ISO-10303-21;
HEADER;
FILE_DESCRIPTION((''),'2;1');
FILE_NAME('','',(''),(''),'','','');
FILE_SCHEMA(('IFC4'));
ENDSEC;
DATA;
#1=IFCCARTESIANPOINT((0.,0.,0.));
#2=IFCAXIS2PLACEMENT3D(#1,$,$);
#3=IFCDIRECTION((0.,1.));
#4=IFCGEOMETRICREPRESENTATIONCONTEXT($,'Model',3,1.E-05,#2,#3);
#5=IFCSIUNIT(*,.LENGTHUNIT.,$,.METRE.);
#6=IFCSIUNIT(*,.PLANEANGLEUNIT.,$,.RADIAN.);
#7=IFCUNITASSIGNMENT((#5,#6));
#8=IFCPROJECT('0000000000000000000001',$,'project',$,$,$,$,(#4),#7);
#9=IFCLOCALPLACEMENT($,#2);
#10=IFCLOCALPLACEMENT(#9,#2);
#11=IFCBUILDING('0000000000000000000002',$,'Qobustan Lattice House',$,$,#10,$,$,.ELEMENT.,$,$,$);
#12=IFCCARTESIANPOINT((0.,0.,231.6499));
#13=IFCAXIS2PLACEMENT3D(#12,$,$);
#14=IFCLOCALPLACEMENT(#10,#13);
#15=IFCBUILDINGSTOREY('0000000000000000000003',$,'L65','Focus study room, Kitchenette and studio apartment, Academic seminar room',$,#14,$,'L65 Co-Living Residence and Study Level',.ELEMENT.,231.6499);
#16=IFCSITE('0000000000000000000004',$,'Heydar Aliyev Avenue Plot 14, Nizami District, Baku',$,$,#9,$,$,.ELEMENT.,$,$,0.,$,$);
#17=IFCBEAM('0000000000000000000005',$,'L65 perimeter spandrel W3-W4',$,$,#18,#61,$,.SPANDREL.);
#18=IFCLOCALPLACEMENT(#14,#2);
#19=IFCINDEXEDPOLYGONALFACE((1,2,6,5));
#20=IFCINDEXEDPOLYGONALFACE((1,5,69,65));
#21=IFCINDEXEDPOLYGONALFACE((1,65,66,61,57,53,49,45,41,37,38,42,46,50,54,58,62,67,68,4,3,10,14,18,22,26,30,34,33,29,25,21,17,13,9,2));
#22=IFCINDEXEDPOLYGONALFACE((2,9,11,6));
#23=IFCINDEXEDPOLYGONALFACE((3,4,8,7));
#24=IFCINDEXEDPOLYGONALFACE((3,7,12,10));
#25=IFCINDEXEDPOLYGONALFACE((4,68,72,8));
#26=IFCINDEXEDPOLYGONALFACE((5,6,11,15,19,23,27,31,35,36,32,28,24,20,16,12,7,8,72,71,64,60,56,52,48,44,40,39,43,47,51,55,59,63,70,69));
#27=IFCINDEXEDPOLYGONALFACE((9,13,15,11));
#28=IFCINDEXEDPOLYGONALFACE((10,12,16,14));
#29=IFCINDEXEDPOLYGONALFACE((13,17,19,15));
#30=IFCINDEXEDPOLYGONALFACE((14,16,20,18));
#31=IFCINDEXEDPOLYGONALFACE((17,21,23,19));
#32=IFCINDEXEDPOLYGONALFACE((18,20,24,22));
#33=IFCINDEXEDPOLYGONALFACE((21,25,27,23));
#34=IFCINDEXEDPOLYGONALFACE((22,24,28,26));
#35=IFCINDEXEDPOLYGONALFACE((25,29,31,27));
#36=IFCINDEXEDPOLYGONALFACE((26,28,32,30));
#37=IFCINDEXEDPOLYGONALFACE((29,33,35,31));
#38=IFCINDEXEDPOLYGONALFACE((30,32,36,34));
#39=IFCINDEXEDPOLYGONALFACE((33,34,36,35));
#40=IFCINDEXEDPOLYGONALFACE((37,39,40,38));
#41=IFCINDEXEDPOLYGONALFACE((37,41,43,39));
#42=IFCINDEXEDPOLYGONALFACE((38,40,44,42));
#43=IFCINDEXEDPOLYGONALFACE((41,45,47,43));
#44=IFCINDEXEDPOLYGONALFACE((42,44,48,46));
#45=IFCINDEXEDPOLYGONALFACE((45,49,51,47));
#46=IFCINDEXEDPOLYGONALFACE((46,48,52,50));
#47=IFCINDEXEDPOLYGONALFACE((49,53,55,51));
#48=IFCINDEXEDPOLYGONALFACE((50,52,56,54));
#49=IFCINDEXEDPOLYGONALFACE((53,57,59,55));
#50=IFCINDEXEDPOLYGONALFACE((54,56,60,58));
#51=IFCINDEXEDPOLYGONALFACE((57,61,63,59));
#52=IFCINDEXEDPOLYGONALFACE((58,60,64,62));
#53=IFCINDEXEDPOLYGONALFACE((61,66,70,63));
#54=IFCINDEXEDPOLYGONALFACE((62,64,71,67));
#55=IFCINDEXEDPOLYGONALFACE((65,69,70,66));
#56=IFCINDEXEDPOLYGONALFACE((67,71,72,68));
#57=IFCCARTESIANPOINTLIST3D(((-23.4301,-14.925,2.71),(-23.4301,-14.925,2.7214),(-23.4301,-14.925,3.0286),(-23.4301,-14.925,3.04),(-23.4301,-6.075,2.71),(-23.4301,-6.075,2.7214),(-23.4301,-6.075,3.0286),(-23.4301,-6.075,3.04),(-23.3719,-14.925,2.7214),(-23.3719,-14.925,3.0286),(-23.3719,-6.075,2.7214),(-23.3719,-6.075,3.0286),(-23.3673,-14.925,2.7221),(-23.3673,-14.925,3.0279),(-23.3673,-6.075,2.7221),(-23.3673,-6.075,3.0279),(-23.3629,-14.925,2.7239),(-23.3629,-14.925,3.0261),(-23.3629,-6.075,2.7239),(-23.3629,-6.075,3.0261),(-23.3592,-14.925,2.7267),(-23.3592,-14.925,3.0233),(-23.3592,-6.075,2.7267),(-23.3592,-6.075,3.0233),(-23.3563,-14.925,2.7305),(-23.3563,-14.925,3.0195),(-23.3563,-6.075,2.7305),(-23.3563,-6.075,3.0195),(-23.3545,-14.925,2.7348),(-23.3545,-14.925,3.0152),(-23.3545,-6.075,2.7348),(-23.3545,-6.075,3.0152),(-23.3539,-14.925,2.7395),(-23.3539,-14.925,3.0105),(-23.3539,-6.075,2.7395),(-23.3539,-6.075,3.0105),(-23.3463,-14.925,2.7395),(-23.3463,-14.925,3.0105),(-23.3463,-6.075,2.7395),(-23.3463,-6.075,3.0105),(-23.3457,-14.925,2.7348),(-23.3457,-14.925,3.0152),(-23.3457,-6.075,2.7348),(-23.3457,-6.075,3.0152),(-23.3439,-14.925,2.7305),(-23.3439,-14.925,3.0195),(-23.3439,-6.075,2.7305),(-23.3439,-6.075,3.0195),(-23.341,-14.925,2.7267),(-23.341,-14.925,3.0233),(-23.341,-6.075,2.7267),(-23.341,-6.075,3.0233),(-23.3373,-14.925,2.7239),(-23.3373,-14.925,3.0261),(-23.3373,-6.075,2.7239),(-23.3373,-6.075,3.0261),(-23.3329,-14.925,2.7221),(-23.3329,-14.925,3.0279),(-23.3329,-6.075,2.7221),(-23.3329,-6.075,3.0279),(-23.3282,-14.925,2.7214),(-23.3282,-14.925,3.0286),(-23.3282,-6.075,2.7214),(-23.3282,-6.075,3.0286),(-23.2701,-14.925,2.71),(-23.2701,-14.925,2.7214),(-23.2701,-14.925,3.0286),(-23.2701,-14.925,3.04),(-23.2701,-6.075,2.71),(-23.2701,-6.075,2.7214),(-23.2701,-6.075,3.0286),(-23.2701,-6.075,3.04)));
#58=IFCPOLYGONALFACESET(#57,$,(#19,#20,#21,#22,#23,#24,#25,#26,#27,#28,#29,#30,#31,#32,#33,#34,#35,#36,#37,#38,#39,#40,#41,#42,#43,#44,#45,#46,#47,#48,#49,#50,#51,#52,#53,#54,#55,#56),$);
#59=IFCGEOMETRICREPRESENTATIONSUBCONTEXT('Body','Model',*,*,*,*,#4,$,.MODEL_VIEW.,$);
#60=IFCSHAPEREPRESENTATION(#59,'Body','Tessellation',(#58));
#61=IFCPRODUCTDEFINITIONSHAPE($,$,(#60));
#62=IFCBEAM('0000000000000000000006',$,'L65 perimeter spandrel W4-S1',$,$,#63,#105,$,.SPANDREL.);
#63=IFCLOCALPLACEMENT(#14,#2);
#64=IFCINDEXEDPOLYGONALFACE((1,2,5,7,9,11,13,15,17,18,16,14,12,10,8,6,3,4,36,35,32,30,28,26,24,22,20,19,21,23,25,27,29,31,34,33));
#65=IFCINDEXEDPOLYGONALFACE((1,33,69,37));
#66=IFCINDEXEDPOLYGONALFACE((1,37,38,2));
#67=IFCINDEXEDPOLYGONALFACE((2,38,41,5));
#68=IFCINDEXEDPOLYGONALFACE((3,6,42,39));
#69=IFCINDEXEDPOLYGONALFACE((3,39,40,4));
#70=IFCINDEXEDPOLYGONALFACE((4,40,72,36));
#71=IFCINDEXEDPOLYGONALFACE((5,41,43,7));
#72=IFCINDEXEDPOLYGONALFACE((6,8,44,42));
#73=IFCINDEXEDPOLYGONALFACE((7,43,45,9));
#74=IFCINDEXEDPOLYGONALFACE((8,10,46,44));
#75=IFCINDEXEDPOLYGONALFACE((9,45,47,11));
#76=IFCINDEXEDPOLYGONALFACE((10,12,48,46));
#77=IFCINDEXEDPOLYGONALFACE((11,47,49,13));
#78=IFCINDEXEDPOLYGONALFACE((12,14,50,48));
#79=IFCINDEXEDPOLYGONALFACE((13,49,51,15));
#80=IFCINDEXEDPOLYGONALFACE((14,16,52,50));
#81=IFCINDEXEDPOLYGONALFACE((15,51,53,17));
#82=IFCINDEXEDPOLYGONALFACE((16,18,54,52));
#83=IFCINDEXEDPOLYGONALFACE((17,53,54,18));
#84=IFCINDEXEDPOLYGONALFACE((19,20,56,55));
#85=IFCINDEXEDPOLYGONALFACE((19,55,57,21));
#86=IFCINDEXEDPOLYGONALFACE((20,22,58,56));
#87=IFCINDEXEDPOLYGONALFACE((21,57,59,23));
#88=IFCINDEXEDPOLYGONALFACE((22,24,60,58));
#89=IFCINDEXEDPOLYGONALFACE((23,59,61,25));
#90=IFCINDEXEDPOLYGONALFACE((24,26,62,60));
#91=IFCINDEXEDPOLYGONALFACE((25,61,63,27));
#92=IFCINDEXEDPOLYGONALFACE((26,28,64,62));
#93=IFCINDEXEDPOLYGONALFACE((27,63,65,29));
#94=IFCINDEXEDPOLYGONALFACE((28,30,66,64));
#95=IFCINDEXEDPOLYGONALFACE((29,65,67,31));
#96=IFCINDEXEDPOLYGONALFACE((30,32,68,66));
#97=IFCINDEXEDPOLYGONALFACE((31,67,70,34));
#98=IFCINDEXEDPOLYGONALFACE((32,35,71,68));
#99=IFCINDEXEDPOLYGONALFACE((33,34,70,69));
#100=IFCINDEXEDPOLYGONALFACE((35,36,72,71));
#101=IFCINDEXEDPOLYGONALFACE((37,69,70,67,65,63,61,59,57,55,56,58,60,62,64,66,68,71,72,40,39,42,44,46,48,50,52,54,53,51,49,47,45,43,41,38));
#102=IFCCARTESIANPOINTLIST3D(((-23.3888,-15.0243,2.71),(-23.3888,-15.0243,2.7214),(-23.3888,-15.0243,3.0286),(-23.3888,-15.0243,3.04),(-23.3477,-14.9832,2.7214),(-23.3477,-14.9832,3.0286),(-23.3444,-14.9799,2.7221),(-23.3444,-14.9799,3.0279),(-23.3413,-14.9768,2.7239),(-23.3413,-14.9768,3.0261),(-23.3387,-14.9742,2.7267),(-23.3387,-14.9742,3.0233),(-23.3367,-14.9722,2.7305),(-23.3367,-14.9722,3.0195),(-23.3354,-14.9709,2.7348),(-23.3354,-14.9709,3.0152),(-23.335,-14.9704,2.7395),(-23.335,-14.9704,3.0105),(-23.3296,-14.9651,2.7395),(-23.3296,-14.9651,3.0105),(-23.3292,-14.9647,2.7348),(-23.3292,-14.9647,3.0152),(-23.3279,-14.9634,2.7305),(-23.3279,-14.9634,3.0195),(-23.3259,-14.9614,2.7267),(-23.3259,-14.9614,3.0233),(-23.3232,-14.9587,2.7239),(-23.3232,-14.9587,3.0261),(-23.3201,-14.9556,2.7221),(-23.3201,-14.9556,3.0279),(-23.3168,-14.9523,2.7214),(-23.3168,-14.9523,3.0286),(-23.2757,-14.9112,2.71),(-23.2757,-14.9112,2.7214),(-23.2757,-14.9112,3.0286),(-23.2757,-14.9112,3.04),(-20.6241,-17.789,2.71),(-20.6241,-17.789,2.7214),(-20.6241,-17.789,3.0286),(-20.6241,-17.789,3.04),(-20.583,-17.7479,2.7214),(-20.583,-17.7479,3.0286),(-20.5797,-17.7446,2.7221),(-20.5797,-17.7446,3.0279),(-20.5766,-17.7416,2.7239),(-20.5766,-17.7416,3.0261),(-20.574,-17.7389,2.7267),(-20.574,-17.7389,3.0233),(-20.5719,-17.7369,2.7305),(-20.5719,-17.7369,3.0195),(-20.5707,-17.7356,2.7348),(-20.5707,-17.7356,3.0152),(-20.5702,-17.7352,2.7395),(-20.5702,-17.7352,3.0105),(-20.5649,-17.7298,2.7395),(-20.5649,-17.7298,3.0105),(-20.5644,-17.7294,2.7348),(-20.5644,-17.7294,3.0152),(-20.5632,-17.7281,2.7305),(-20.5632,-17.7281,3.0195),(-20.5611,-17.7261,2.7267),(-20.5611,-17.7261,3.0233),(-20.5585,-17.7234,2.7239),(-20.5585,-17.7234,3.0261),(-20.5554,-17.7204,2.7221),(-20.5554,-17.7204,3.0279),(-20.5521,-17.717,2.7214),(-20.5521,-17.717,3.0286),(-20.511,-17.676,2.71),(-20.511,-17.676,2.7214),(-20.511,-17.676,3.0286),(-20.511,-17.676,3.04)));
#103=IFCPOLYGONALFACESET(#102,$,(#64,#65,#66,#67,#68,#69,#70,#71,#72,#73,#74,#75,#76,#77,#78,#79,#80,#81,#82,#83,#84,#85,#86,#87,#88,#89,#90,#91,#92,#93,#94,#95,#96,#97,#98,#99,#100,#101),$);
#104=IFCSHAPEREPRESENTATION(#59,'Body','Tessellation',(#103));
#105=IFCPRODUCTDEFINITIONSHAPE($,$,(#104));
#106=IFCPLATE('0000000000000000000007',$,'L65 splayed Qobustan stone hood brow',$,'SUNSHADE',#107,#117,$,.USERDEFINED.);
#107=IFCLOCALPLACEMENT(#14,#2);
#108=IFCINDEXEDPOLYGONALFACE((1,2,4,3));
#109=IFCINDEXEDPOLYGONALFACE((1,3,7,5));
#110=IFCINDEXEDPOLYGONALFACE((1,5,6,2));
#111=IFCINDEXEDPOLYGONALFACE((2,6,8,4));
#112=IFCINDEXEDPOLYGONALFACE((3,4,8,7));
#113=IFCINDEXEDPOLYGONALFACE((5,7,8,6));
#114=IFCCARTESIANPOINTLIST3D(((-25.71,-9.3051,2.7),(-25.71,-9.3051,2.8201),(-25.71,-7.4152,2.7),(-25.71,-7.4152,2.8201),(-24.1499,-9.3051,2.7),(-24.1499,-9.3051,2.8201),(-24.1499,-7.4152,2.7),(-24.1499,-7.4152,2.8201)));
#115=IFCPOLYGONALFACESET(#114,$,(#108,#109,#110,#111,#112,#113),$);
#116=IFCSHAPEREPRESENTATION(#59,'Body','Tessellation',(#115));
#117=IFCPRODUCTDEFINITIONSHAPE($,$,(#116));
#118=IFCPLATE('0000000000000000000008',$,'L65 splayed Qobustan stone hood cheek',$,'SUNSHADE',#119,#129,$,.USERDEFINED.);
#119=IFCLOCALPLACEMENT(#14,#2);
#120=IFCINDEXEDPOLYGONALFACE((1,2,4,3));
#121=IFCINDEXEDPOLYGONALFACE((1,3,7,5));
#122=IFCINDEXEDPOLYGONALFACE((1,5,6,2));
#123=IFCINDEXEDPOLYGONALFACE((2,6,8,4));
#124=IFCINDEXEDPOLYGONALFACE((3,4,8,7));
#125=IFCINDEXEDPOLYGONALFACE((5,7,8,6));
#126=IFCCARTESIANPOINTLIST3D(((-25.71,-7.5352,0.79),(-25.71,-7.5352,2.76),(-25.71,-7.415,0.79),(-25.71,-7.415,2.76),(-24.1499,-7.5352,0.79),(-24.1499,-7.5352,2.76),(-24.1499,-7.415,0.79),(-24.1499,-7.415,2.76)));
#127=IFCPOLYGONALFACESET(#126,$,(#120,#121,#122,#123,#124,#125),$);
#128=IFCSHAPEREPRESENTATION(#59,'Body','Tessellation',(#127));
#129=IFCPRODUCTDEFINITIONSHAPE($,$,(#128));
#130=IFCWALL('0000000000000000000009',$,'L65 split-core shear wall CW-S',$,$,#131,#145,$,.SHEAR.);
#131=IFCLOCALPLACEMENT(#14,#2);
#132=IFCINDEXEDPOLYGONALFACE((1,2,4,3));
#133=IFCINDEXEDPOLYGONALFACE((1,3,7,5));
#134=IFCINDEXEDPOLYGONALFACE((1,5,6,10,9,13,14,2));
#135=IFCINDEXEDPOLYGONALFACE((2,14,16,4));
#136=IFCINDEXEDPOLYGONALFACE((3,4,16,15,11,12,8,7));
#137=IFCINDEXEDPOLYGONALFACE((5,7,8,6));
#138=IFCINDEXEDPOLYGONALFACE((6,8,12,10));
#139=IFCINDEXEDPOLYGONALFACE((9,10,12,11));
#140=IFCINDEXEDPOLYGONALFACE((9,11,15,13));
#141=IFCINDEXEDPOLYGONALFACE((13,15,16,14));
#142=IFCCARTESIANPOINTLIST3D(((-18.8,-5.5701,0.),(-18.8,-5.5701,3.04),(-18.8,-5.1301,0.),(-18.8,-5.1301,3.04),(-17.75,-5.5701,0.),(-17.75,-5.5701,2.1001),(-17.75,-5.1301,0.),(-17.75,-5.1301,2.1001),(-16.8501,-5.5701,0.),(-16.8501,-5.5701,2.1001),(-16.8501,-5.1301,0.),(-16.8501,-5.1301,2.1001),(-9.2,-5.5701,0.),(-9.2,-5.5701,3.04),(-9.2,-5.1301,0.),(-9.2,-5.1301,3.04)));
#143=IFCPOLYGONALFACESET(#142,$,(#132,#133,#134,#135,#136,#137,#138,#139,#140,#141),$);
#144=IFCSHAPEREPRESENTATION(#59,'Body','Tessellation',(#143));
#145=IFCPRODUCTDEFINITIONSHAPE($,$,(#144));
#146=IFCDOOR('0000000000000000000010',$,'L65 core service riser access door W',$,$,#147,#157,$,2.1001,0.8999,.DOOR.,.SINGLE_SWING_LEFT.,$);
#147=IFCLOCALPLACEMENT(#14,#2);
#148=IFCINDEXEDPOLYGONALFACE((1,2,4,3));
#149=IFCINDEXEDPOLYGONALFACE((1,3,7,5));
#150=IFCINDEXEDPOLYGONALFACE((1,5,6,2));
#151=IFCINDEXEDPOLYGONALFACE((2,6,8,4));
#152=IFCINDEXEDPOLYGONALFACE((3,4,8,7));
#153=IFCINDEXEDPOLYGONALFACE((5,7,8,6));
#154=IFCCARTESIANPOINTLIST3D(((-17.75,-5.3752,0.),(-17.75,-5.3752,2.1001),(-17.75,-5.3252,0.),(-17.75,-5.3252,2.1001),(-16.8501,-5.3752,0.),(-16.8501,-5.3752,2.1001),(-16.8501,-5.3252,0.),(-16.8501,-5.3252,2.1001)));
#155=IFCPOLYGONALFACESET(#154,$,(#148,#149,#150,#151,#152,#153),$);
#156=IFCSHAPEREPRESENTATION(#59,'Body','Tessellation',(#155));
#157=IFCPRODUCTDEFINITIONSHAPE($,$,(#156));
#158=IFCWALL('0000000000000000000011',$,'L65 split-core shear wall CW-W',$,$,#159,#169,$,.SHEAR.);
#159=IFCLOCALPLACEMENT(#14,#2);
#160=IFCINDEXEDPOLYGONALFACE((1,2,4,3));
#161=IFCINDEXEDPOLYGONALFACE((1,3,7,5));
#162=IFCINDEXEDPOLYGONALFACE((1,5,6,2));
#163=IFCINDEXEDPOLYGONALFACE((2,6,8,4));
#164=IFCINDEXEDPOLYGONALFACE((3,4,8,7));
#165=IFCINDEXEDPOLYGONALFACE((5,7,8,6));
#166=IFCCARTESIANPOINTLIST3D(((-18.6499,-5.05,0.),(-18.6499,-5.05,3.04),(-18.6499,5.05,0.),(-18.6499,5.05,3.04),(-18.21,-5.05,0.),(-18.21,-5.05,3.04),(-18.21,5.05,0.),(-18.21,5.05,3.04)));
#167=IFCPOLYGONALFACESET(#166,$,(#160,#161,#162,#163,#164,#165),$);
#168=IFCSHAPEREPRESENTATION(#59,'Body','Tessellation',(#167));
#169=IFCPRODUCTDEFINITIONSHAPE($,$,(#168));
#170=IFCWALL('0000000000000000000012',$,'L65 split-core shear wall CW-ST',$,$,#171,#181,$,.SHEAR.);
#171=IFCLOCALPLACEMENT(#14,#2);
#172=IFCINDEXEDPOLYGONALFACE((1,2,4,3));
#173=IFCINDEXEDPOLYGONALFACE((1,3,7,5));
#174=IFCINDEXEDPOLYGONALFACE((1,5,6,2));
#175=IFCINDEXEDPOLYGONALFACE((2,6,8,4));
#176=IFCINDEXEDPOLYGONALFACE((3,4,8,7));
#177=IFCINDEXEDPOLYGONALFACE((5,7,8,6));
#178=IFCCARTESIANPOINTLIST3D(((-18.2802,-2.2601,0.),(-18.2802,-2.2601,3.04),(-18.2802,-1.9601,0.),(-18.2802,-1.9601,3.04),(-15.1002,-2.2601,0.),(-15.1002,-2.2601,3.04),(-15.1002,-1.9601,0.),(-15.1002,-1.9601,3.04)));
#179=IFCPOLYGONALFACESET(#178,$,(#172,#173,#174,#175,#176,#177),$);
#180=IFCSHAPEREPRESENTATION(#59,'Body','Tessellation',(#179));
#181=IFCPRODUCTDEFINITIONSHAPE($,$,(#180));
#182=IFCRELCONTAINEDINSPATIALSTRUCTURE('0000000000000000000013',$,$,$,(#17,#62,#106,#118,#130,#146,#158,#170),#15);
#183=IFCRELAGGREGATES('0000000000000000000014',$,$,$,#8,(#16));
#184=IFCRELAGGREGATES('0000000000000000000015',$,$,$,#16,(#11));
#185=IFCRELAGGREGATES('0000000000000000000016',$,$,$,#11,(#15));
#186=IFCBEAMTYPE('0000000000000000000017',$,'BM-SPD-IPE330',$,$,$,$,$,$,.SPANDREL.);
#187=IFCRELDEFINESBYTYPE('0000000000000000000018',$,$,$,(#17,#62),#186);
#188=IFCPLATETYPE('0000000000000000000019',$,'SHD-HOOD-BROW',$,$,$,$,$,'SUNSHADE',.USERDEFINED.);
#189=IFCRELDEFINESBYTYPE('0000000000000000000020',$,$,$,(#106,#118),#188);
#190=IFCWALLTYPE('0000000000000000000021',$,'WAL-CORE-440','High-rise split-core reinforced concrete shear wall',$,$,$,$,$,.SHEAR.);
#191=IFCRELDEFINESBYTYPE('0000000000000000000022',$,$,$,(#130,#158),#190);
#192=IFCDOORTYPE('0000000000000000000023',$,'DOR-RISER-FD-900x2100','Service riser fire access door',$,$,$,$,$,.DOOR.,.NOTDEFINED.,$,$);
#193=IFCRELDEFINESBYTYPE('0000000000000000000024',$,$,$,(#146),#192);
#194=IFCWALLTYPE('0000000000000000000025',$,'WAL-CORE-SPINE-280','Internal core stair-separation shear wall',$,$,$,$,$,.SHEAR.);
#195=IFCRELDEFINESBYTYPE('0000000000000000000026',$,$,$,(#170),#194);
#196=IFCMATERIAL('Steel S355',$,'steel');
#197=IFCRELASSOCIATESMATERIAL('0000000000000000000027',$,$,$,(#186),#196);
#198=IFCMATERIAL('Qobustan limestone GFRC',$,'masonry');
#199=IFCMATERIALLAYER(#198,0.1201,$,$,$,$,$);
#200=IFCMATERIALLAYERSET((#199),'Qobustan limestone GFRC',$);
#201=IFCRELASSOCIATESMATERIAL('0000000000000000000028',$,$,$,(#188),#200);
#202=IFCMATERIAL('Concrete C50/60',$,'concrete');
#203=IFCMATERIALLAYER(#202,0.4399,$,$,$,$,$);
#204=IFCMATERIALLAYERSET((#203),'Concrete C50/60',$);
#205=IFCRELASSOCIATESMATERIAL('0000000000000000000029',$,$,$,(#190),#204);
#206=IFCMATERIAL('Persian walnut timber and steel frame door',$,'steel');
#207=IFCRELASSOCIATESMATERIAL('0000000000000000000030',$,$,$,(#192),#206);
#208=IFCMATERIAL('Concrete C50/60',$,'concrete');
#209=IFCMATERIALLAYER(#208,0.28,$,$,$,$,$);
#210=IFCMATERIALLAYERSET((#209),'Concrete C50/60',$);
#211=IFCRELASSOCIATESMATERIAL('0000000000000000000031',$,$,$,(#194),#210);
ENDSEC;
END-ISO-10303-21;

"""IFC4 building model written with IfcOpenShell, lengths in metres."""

from ifc_helpers import new_model, si_unit, direction, frame, frame_2d, origin, origin_2d, place, context, subcontext, project, spatial, rectangle, i_section, extrude, material, layer, layer_set, material_profile, profile_set, type_object, element, fill, save


model = new_model("IFC4")

# Units and contexts
model_context = context("Model", 3, precision=1e-05, world=origin(), true_north=direction((0.0, 1.0)))
body_context = subcontext(model_context, "Body", "Model", "MODEL_VIEW")
ifc_project = project(units=[si_unit("LENGTHUNIT", "METRE"), si_unit("PLANEANGLEUNIT", "RADIAN")], contexts=[model_context])

# Site, building, storey
site_placement = place(None, origin())
site = spatial("IfcSite", under=ifc_project, at=site_placement, Name="Heydar Aliyev Avenue Plot 14, Nizami District, Baku", CompositionType="ELEMENT", RefElevation=0.0)
building_placement = place(site_placement, origin())
building = spatial("IfcBuilding", under=site, at=building_placement, Name="Qobustan Lattice House", CompositionType="ELEMENT")
storey_placement = place(building_placement, frame((0.0, 0.0, 231.6499)))
storey = spatial("IfcBuildingStorey", under=building, at=storey_placement, Name="L65", Description="Focus study room, Kitchenette and studio apartment, Academic seminar room", LongName="L65 Co-Living Residence and Study Level", CompositionType="ELEMENT", Elevation=231.6499)

# Beams
ifc_material_1 = material(Name="Steel S355", Category="steel")
ifc_material_profile_1 = material_profile(ifc_material_1, i_section(OverallWidth=0.1599, OverallDepth=0.3301, WebThickness=0.0076, FlangeThickness=0.0115, FilletRadius=0.0181, at=origin_2d()), Name="IPE330")
ifc_profile_set_1 = profile_set([ifc_material_profile_1], Name="Steel S355")
beam_type_1 = type_object("IfcBeamType", Name="BM-SPD-IPE330", PredefinedType="SPANDREL", material=ifc_profile_set_1)
beam_1_placement = place(storey_placement, frame((-23.3501, -6.075, 2.875), z_axis=(0.0, -1.0, 0.0), x_axis=(1.0, 0.0, 0.0)))
element("IfcBeam", 1, at=beam_1_placement, inside=storey, type_object=beam_type_1, Name="L65 perimeter spandrel W3-W4", PredefinedType="SPANDREL", context=body_context, shape_type="SweptSolid", body=[
    extrude(i_section(OverallWidth=0.1599, OverallDepth=0.3301, WebThickness=0.0076, FlangeThickness=0.0115, FilletRadius=0.0181, at=origin_2d()), origin(), (0.0, 0.0, 1.0), 8.8501),
])
beam_2_placement = place(storey_placement, frame((-23.3323, -14.9678, 2.875), z_axis=(0.707107, -0.707107, 0.0), x_axis=(0.707107, 0.707107, 0.0)))
element("IfcBeam", 2, at=beam_2_placement, inside=storey, type_object=beam_type_1, Name="L65 perimeter spandrel W4-S1", PredefinedType="SPANDREL", context=body_context, shape_type="SweptSolid", body=[
    extrude(i_section(OverallWidth=0.1599, OverallDepth=0.3301, WebThickness=0.0076, FlangeThickness=0.0115, FilletRadius=0.0181, at=origin_2d()), origin(), (0.0, 0.0, 1.0), 3.9099),
])

# Plates
ifc_material_2 = material(Name="Qobustan limestone GFRC", Category="masonry")
ifc_layer_1 = layer(ifc_material_2, 0.1201)
ifc_layer_set_1 = layer_set([ifc_layer_1], Name="Qobustan limestone GFRC")
plate_type = type_object("IfcPlateType", Name="SHD-HOOD-BROW", ElementType="SUNSHADE", PredefinedType="USERDEFINED", material=ifc_layer_set_1)
plate_1_placement = place(storey_placement, frame((-24.9299, -8.3601, 2.7), z_axis=(0.0, 0.0, 1.0), x_axis=(0.0, 1.0, 0.0)))
element("IfcPlate", 3, at=plate_1_placement, inside=storey, type_object=plate_type, Name="L65 splayed Qobustan stone hood brow", ObjectType="SUNSHADE", PredefinedType="USERDEFINED", context=body_context, shape_type="SweptSolid", body=[
    extrude(rectangle(XDim=1.8899, YDim=1.5601, at=origin_2d()), origin(), (0.0, 0.0, 1.0), 0.1201),
])
plate_2_placement = place(storey_placement, frame((-24.9299, -7.4751, 0.79), z_axis=(0.0, 0.0, 1.0), x_axis=(0.0, 1.0, 0.0)))
element("IfcPlate", 4, at=plate_2_placement, inside=storey, type_object=plate_type, Name="L65 splayed Qobustan stone hood cheek", ObjectType="SUNSHADE", PredefinedType="USERDEFINED", context=body_context, shape_type="SweptSolid", body=[
    extrude(rectangle(XDim=0.1201, YDim=1.5601, at=origin_2d()), origin(), (0.0, 0.0, 1.0), 1.97),
])

# Wall, opening, door
ifc_material_3 = material(Name="Concrete C50/60", Category="concrete")
ifc_layer_2 = layer(ifc_material_3, 0.4399)
ifc_layer_set_2 = layer_set([ifc_layer_2], Name="Concrete C50/60")
wall_type_1 = type_object("IfcWallType", Name="WAL-CORE-440", Description="High-rise split-core reinforced concrete shear wall", PredefinedType="SHEAR", material=ifc_layer_set_2)
wall_1_placement = place(storey_placement, frame((-18.8, -5.3501, 0.0), z_axis=(0.0, 0.0, 1.0), x_axis=(1.0, 0.0, 0.0)))
wall_1 = element("IfcWall", 5, at=wall_1_placement, inside=storey, type_object=wall_type_1, Name="L65 split-core shear wall CW-S", PredefinedType="SHEAR", context=body_context, shape_type="SweptSolid", body=[
    extrude(rectangle(XDim=9.6001, YDim=0.4399, at=frame_2d((4.8, 0.0))), origin(), (0.0, 0.0, 1.0), 3.04),
])
opening_1_placement = place(wall_1_placement, frame((1.05, 0.0, 0.0)))
opening_1 = element("IfcOpeningElement", 6, at=opening_1_placement, cuts=wall_1, PredefinedType="OPENING", context=body_context, shape_type="SweptSolid", body=[
    extrude(rectangle(XDim=0.8999, YDim=2.1001, at=frame_2d((0.45, 1.05))), frame((0.0, 0.23, 0.0), z_axis=(0.0, -1.0, 0.0), x_axis=(1.0, 0.0, 0.0)), (0.0, 0.0, 1.0), 0.46),
])
ifc_material_4 = material(Name="Persian walnut timber and steel frame door", Category="steel")
door_type_1 = type_object("IfcDoorType", Name="DOR-RISER-FD-900x2100", Description="Service riser fire access door", OperationType="NOTDEFINED", PredefinedType="DOOR", material=ifc_material_4)
door_1_placement = place(opening_1_placement, origin())
door_1 = element("IfcDoor", 7, at=door_1_placement, inside=storey, type_object=door_type_1, Name="L65 core service riser access door W", OperationType="SINGLE_SWING_LEFT", OverallHeight=2.1001, OverallWidth=0.8999, PredefinedType="DOOR", context=body_context, shape_type="SweptSolid", body=[
    extrude(rectangle(XDim=0.8999, YDim=2.1001, at=frame_2d((0.45, 1.05))), frame((0.0, 0.0249, 0.0), z_axis=(0.0, -1.0, 0.0), x_axis=(1.0, 0.0, 0.0)), (0.0, 0.0, 1.0), 0.05),
])
fill(opening_1, door_1)

# Walls
wall_2_placement = place(storey_placement, frame((-18.4299, -5.05, 0.0), z_axis=(0.0, 0.0, 1.0), x_axis=(0.0, 1.0, 0.0)))
element("IfcWall", 8, at=wall_2_placement, inside=storey, type_object=wall_type_1, Name="L65 split-core shear wall CW-W", PredefinedType="SHEAR", context=body_context, shape_type="SweptSolid", body=[
    extrude(rectangle(XDim=10.1001, YDim=0.4399, at=frame_2d((5.05, 0.0))), origin(), (0.0, 0.0, 1.0), 3.04),
])
ifc_material_5 = material(Name="Concrete C50/60", Category="concrete")
ifc_layer_3 = layer(ifc_material_5, 0.28)
ifc_layer_set_3 = layer_set([ifc_layer_3], Name="Concrete C50/60")
wall_type_2 = type_object("IfcWallType", Name="WAL-CORE-SPINE-280", Description="Internal core stair-separation shear wall", PredefinedType="SHEAR", material=ifc_layer_set_3)
wall_3_placement = place(storey_placement, frame((-18.28, -2.1101, 0.0), z_axis=(0.0, 0.0, 1.0), x_axis=(1.0, 0.0, 0.0)))
element("IfcWall", 9, at=wall_3_placement, inside=storey, type_object=wall_type_2, Name="L65 split-core shear wall CW-ST", PredefinedType="SHEAR", context=body_context, shape_type="SweptSolid", body=[
    extrude(rectangle(XDim=3.1799, YDim=0.3, at=frame_2d((1.5898, 0.0))), origin(), (0.0, 0.0, 1.0), 3.04),
])

save(model, "model.ifc")
